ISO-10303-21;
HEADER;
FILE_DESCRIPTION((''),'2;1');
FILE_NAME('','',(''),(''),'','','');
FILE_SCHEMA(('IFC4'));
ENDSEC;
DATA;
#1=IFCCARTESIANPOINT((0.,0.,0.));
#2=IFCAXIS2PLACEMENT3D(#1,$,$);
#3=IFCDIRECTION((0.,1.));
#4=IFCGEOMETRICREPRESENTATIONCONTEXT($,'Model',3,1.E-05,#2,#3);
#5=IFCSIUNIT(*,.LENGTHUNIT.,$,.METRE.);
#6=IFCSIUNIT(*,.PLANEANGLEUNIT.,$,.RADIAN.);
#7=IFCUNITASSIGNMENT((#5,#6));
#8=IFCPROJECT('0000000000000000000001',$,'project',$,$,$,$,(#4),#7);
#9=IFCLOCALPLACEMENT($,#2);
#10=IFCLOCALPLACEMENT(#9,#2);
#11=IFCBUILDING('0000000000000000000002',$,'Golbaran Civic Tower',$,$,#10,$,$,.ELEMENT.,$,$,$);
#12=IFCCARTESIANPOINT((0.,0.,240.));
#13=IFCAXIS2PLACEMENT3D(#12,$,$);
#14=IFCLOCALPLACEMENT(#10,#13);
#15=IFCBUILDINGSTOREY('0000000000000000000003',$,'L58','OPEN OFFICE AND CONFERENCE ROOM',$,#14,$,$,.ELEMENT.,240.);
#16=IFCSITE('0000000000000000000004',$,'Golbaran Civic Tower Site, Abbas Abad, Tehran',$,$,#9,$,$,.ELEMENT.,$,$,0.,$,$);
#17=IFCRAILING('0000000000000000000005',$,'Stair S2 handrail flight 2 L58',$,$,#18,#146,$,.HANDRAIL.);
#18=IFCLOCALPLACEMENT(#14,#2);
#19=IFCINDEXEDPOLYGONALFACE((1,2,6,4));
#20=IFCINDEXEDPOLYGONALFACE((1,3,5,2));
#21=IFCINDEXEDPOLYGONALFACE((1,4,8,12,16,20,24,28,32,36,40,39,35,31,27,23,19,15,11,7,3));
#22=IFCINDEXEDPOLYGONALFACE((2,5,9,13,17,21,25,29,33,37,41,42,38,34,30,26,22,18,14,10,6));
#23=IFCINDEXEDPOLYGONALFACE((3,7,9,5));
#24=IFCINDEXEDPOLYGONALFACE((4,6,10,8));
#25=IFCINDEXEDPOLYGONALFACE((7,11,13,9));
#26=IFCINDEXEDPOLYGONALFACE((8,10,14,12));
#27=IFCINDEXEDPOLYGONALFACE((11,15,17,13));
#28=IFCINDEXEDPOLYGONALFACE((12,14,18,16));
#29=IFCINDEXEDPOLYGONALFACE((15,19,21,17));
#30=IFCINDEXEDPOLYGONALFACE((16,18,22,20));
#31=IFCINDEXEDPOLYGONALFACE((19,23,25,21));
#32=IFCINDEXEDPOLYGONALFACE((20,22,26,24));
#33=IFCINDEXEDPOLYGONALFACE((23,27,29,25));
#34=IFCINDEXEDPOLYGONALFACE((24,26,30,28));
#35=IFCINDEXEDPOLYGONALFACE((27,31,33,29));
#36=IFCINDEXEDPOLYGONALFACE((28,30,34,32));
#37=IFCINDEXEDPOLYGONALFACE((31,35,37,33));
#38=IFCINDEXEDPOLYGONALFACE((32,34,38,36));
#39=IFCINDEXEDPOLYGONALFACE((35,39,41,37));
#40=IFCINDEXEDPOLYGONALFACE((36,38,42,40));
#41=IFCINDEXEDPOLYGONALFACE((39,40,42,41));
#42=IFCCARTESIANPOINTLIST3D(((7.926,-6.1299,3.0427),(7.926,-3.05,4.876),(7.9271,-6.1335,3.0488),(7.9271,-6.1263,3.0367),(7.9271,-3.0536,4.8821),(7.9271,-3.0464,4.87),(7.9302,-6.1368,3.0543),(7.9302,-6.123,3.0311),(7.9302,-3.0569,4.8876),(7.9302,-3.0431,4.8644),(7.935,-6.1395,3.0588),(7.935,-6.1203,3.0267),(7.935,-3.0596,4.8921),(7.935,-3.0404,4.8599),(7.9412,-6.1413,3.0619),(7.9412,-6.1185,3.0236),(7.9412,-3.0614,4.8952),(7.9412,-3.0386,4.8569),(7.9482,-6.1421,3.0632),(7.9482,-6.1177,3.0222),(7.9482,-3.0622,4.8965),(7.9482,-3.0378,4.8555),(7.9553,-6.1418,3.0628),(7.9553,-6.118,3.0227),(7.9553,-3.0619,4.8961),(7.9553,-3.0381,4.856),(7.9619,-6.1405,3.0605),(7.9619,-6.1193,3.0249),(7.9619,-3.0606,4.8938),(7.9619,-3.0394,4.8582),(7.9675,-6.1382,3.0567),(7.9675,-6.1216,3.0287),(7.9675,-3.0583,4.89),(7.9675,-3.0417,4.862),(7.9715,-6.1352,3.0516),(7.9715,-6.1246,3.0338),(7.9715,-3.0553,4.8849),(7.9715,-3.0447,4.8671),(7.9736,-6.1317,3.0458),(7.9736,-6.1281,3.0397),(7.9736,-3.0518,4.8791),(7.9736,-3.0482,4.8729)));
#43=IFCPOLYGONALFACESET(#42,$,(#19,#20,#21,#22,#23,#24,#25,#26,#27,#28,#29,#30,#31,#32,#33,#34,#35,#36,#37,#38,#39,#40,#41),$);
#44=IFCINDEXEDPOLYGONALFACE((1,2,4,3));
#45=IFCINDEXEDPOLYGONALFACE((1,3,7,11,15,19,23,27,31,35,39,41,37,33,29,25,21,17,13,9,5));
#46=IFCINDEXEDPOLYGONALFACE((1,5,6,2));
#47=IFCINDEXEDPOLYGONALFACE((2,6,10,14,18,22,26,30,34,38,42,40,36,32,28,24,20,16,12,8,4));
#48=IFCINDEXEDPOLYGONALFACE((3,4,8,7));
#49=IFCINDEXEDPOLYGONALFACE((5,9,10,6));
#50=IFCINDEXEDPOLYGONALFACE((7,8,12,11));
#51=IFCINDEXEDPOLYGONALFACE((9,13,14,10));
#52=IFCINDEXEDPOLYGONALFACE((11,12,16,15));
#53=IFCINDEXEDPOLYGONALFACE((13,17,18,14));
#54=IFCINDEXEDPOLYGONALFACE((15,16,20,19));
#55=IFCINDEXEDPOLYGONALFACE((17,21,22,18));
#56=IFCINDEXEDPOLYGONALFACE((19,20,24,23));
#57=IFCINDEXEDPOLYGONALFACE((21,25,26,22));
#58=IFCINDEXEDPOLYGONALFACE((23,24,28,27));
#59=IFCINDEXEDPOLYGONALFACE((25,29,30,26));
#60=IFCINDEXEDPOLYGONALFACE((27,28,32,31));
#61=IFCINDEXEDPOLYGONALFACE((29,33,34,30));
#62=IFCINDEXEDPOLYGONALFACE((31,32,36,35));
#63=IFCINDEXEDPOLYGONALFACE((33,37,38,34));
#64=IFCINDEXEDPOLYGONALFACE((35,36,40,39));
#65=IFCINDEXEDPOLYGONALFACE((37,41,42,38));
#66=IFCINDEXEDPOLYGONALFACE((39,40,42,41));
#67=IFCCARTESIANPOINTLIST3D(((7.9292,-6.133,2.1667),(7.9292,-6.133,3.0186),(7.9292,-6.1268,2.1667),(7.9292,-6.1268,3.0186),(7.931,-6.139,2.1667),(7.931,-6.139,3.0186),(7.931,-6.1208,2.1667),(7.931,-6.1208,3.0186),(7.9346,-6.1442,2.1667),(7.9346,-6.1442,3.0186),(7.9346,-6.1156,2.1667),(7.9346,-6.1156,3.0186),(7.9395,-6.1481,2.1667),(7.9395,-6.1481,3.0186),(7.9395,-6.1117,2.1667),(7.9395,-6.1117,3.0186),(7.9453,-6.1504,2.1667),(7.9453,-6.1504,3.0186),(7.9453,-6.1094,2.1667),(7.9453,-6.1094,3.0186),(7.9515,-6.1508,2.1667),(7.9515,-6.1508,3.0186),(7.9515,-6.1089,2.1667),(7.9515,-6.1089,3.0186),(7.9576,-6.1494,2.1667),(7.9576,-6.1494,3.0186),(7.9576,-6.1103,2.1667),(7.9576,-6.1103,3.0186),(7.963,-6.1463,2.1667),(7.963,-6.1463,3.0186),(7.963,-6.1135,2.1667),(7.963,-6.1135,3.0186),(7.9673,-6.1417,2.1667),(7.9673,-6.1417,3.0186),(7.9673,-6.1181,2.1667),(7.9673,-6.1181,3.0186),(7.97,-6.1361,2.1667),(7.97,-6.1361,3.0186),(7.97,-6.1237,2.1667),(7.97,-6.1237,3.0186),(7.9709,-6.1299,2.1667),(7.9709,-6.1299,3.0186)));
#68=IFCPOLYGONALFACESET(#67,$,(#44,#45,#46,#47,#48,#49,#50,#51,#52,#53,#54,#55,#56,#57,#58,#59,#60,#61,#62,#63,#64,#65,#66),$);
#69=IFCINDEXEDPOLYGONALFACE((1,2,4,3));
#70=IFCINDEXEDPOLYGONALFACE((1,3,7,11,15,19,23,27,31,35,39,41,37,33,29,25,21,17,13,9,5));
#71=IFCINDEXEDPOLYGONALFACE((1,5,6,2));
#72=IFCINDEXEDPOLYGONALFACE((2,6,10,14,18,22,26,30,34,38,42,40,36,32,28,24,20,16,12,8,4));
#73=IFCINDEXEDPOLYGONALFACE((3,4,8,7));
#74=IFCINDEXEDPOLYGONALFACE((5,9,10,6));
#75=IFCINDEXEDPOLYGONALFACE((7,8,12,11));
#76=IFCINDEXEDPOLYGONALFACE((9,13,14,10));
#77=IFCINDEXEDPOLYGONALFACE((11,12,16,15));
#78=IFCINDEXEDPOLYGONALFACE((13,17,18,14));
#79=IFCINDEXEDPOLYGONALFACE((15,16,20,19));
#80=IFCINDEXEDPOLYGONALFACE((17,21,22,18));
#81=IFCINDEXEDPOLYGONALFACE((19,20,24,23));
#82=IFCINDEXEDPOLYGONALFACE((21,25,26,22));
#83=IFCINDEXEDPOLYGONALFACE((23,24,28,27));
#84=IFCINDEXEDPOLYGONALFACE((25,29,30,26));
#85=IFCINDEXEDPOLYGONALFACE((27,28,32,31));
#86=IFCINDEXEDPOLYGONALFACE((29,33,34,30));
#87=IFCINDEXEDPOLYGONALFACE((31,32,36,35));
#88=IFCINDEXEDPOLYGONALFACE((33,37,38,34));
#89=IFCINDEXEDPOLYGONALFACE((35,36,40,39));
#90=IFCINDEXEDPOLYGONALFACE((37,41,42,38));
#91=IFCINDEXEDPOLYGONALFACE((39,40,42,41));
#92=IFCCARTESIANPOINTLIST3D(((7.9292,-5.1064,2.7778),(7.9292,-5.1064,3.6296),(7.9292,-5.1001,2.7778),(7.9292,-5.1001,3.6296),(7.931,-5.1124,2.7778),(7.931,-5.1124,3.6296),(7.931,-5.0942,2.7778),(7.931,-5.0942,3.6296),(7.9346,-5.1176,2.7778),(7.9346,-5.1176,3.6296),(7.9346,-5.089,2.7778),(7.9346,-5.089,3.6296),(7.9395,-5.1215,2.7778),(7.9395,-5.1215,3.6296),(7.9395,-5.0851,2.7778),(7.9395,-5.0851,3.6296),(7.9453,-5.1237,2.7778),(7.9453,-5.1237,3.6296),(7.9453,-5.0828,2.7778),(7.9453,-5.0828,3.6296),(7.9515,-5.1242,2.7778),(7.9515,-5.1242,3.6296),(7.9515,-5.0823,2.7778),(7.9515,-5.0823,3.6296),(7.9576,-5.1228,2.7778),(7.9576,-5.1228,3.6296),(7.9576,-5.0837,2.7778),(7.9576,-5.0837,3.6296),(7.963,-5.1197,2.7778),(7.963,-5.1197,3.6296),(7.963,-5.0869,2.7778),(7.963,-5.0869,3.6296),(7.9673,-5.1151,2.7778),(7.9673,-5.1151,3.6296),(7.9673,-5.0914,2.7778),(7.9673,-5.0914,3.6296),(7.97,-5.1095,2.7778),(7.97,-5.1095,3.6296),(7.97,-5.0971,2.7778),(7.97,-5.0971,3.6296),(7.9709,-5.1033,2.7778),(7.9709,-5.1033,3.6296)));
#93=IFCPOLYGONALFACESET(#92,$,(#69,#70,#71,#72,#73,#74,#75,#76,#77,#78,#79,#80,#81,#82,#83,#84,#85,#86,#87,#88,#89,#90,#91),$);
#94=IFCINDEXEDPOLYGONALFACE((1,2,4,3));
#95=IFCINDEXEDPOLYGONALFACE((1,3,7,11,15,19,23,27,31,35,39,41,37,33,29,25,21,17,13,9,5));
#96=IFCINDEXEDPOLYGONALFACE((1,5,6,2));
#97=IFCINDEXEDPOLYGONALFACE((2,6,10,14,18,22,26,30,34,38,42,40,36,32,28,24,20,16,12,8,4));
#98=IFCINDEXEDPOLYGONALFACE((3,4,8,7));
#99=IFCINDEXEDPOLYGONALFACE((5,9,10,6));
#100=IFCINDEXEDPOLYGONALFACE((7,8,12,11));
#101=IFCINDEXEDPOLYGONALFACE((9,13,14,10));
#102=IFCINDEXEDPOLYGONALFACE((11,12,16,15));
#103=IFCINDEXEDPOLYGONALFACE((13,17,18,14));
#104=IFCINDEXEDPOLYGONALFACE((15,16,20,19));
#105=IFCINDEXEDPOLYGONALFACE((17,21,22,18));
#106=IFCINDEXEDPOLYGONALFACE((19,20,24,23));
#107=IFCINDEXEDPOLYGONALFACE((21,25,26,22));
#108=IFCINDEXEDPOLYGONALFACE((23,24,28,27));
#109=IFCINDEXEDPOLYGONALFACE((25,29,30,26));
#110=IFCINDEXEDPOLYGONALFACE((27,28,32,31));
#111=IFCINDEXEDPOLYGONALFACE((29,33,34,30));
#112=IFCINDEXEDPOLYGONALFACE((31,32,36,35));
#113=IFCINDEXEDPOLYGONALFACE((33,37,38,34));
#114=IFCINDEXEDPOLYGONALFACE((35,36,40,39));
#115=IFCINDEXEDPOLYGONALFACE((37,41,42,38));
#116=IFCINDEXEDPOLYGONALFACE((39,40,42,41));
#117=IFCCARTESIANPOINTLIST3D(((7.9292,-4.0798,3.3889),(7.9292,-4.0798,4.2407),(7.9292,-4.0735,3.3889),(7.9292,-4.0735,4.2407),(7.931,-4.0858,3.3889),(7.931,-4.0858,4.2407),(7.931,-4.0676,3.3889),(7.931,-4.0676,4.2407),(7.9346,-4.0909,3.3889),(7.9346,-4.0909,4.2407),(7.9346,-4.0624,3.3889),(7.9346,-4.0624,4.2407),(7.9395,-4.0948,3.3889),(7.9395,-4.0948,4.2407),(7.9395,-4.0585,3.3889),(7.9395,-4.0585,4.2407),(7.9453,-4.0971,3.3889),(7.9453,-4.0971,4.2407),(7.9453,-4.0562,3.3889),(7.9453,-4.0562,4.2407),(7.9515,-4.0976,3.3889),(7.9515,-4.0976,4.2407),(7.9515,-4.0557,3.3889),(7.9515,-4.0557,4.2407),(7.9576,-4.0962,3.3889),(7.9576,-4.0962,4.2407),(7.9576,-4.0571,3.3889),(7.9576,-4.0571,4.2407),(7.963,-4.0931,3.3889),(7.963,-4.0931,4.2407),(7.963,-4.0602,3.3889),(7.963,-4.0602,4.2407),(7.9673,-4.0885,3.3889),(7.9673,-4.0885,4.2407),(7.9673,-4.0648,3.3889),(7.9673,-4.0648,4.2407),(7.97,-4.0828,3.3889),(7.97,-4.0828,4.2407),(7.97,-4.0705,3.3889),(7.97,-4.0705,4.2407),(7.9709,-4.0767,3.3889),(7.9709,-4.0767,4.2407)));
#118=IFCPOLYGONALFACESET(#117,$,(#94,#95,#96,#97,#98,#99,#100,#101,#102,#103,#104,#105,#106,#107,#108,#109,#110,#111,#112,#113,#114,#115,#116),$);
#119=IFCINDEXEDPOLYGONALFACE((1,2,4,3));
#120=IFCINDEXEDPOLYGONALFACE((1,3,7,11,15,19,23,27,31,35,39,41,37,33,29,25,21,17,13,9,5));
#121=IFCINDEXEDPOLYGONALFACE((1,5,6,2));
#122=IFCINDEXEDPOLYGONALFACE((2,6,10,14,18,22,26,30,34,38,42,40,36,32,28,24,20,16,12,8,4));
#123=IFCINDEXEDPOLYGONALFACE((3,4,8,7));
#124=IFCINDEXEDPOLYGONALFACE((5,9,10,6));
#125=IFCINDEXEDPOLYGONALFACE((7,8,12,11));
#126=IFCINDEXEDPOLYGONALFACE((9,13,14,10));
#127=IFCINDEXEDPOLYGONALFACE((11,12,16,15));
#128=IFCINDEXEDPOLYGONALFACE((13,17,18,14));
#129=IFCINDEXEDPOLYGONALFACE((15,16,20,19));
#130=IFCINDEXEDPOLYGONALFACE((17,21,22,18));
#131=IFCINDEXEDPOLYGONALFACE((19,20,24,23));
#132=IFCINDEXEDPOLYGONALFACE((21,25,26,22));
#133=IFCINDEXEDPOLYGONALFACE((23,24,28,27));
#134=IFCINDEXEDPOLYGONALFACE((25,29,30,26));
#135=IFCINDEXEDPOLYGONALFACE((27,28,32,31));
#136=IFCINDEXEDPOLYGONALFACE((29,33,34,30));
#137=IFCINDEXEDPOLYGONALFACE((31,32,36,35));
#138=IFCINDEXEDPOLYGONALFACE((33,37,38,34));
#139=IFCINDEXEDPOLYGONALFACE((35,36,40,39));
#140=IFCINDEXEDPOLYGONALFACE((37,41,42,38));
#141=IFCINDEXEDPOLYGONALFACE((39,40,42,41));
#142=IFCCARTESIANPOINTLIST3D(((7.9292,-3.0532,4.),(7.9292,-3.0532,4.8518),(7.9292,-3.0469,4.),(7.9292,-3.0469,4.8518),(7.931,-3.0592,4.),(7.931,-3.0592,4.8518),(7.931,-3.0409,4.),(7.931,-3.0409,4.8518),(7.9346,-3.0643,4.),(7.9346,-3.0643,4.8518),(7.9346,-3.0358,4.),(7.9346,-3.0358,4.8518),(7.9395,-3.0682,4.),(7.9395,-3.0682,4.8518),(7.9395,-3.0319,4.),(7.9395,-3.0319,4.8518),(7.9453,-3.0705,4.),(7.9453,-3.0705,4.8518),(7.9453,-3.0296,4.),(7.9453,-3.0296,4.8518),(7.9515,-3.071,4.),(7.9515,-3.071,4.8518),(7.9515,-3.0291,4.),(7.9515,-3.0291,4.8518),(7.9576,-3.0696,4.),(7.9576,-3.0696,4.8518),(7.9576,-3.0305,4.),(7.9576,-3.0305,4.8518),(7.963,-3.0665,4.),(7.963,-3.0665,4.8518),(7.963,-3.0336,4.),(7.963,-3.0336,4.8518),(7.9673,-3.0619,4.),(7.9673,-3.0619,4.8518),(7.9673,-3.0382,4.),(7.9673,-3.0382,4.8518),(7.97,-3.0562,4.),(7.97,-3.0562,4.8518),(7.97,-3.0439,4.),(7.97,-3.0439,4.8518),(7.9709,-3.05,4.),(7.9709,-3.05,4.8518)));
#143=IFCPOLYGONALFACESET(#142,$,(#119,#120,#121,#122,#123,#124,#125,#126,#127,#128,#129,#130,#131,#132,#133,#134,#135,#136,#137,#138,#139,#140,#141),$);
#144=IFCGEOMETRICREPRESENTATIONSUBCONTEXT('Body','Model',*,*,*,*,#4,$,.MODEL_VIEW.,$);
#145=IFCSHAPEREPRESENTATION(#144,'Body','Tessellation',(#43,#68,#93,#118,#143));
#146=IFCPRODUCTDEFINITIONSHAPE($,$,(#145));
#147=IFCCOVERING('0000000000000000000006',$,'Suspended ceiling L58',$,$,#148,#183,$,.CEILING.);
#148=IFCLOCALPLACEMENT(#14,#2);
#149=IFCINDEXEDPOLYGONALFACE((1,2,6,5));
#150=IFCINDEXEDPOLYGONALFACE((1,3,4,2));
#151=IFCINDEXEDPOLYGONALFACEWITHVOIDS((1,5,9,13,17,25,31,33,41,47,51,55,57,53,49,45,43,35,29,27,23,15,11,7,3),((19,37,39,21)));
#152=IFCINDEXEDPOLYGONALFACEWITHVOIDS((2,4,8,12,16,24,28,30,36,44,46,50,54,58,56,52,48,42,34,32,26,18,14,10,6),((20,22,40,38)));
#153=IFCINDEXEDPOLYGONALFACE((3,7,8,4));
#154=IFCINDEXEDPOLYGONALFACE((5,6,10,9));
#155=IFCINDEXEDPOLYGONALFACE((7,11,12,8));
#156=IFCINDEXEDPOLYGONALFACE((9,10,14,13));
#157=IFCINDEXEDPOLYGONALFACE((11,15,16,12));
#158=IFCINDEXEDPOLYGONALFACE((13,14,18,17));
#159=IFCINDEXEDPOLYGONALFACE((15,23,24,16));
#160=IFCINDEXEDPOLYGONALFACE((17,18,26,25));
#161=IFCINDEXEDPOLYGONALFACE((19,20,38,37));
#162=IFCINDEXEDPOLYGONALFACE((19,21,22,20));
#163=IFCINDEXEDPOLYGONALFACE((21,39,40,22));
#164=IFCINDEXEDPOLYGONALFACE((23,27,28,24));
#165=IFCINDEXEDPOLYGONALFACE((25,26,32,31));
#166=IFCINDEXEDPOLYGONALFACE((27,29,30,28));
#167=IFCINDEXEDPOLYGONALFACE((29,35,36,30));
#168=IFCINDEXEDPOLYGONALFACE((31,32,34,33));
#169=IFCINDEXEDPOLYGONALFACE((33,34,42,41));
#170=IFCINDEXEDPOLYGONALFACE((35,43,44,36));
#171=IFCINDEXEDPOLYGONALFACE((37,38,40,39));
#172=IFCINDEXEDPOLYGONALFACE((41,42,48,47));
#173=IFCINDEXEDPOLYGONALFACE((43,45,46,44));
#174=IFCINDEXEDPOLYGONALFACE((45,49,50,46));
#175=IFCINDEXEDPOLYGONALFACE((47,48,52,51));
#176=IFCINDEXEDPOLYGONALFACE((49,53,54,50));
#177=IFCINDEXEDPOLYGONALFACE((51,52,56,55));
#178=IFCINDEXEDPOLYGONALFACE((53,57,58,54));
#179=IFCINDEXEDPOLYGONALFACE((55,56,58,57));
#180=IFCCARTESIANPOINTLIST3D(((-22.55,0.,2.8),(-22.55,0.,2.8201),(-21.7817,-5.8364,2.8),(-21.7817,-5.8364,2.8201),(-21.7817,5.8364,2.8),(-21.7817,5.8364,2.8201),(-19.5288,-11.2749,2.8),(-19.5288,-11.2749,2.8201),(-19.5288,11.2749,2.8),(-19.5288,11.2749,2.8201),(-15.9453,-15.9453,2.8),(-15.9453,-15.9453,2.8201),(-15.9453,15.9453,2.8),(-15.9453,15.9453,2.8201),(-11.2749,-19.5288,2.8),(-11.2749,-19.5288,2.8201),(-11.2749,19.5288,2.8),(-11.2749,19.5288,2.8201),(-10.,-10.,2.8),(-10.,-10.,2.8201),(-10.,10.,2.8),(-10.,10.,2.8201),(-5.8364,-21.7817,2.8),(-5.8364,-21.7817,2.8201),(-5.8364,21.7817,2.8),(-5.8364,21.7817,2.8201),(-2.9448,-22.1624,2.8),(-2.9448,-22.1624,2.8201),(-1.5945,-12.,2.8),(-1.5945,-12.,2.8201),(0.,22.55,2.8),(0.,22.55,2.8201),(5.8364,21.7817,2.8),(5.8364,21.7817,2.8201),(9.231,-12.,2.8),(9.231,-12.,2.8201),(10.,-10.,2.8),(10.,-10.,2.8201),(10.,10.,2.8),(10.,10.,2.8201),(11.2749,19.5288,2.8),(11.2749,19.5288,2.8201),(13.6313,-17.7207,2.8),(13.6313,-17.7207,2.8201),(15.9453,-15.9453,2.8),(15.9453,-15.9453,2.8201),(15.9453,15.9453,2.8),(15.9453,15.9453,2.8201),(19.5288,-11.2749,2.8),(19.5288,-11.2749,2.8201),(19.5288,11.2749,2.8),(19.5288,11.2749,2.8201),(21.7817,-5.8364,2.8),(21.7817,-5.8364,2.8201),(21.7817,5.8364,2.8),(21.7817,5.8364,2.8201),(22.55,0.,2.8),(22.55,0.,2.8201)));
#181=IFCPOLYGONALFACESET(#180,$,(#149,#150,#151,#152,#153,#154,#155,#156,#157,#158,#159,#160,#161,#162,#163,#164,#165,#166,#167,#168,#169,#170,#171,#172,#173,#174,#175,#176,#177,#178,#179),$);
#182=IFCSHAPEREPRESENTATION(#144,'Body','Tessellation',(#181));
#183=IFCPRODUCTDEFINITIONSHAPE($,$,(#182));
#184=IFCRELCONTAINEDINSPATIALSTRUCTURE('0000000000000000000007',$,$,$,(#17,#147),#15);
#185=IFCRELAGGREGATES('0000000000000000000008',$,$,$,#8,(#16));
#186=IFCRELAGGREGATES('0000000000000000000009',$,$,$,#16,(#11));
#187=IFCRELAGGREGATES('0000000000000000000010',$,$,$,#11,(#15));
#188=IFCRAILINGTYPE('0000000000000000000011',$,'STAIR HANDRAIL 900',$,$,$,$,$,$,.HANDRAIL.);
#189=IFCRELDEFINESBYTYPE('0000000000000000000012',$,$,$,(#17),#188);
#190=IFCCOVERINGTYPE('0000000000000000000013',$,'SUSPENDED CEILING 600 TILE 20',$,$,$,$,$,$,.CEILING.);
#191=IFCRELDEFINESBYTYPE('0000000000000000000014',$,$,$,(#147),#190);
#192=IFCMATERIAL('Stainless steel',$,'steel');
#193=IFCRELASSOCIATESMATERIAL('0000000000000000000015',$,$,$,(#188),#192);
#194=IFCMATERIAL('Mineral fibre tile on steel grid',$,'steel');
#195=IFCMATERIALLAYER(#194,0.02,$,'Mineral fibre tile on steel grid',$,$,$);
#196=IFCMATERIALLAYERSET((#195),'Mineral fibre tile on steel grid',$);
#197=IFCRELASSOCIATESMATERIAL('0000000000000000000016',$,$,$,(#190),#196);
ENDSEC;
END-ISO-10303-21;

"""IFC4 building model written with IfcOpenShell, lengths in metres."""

from ifc_helpers import new_model, si_unit, direction, frame, origin, origin_2d, place, context, subcontext, project, spatial, polyline, circle, outline, extrude, material, layer, layer_set, type_object, element, save


model = new_model("IFC4")

# Units and contexts
model_context = context("Model", 3, precision=1e-05, world=origin(), true_north=direction((0.0, 1.0)))
body_context = subcontext(model_context, "Body", "Model", "MODEL_VIEW")
ifc_project = project(units=[si_unit("LENGTHUNIT", "METRE"), si_unit("PLANEANGLEUNIT", "RADIAN")], contexts=[model_context])

# Site, building, storey
site_placement = place(None, origin())
site = spatial("IfcSite", under=ifc_project, at=site_placement, Name="Golbaran Civic Tower Site, Abbas Abad, Tehran", CompositionType="ELEMENT", RefElevation=0.0)
building_placement = place(site_placement, origin())
building = spatial("IfcBuilding", under=site, at=building_placement, Name="Golbaran Civic Tower", CompositionType="ELEMENT")
storey_placement = place(building_placement, frame((0.0, 0.0, 240.0)))
storey = spatial("IfcBuildingStorey", under=building, at=storey_placement, Name="L58", Description="OPEN OFFICE AND CONFERENCE ROOM", CompositionType="ELEMENT", Elevation=240.0)

# Shared definitions
ifc_material_1 = material(Name="Stainless steel", Category="steel")

# Railing
railing_type = type_object("IfcRailingType", Name="STAIR HANDRAIL 900", PredefinedType="HANDRAIL", material=ifc_material_1)
railing_1_placement = place(storey_placement, frame((7.95, -6.1299, 2.1667)))
element("IfcRailing", 1, at=railing_1_placement, inside=storey, type_object=railing_type, Name="Stair S2 handrail flight 2 L58", PredefinedType="HANDRAIL", context=body_context, shape_type="SweptSolid", body=[
    extrude(circle(Radius=0.0239, at=origin_2d()), frame((0.0, 0.0, 0.876), z_axis=(0.0, 0.859291, 0.511487), x_axis=(-1.0, 0.0, 0.0)), (0.0, 0.0, 1.0), 3.5842),
    extrude(circle(Radius=0.021, at=origin_2d()), origin(), (0.0, 0.0, 1.0), 0.8518),
    extrude(circle(Radius=0.021, at=origin_2d()), frame((0.0, 1.0266, 0.6111)), (0.0, 0.0, 1.0), 0.8518),
    extrude(circle(Radius=0.021, at=origin_2d()), frame((0.0, 2.0532, 1.2222)), (0.0, 0.0, 1.0), 0.8518),
    extrude(circle(Radius=0.021, at=origin_2d()), frame((0.0, 3.0798, 1.8333)), (0.0, 0.0, 1.0), 0.8518),
])

# Covering
ifc_material_2 = material(Name="Mineral fibre tile on steel grid", Category="steel")
ifc_layer_1 = layer(ifc_material_2, 0.02, Name="Mineral fibre tile on steel grid")
ifc_layer_set_1 = layer_set([ifc_layer_1], Name="Mineral fibre tile on steel grid")
covering_type = type_object("IfcCoveringType", Name="SUSPENDED CEILING 600 TILE 20", PredefinedType="CEILING", material=ifc_layer_set_1)
covering_placement = place(storey_placement, frame((0.0, 0.0, 2.8)))
element("IfcCovering", 2, at=covering_placement, inside=storey, type_object=covering_type, Name="Suspended ceiling L58", PredefinedType="CEILING", context=body_context, shape_type="SweptSolid", body=[
    extrude(outline(polyline([(-21.7817, 5.8364), (-19.5288, 11.2749), (-15.9453, 15.9453), (-11.2749, 19.5288), (-5.8364, 21.7817), (0.0, 22.55), (5.8364, 21.7817), (11.2749, 19.5288), (15.9453, 15.9453), (19.5288, 11.2749), (21.7817, 5.8364), (22.55, 0.0), (21.7817, -5.8364), (19.5288, -11.2749), (15.9453, -15.9453), (13.6313, -17.7207), (9.231, -12.0), (-1.5945, -12.0), (-2.9448, -22.1624), (-5.8364, -21.7817), (-11.2749, -19.5288), (-15.9453, -15.9453), (-19.5288, -11.2749), (-21.7817, -5.8364), (-22.55, 0.0), (-21.7817, 5.8364)]), holes=[polyline([(-10.0, 10.0), (-10.0, -10.0), (10.0, -10.0), (10.0, 10.0), (-10.0, 10.0)])]), origin(), (0.0, 0.0, 1.0), 0.02),
])

save(model, "model.ifc")
